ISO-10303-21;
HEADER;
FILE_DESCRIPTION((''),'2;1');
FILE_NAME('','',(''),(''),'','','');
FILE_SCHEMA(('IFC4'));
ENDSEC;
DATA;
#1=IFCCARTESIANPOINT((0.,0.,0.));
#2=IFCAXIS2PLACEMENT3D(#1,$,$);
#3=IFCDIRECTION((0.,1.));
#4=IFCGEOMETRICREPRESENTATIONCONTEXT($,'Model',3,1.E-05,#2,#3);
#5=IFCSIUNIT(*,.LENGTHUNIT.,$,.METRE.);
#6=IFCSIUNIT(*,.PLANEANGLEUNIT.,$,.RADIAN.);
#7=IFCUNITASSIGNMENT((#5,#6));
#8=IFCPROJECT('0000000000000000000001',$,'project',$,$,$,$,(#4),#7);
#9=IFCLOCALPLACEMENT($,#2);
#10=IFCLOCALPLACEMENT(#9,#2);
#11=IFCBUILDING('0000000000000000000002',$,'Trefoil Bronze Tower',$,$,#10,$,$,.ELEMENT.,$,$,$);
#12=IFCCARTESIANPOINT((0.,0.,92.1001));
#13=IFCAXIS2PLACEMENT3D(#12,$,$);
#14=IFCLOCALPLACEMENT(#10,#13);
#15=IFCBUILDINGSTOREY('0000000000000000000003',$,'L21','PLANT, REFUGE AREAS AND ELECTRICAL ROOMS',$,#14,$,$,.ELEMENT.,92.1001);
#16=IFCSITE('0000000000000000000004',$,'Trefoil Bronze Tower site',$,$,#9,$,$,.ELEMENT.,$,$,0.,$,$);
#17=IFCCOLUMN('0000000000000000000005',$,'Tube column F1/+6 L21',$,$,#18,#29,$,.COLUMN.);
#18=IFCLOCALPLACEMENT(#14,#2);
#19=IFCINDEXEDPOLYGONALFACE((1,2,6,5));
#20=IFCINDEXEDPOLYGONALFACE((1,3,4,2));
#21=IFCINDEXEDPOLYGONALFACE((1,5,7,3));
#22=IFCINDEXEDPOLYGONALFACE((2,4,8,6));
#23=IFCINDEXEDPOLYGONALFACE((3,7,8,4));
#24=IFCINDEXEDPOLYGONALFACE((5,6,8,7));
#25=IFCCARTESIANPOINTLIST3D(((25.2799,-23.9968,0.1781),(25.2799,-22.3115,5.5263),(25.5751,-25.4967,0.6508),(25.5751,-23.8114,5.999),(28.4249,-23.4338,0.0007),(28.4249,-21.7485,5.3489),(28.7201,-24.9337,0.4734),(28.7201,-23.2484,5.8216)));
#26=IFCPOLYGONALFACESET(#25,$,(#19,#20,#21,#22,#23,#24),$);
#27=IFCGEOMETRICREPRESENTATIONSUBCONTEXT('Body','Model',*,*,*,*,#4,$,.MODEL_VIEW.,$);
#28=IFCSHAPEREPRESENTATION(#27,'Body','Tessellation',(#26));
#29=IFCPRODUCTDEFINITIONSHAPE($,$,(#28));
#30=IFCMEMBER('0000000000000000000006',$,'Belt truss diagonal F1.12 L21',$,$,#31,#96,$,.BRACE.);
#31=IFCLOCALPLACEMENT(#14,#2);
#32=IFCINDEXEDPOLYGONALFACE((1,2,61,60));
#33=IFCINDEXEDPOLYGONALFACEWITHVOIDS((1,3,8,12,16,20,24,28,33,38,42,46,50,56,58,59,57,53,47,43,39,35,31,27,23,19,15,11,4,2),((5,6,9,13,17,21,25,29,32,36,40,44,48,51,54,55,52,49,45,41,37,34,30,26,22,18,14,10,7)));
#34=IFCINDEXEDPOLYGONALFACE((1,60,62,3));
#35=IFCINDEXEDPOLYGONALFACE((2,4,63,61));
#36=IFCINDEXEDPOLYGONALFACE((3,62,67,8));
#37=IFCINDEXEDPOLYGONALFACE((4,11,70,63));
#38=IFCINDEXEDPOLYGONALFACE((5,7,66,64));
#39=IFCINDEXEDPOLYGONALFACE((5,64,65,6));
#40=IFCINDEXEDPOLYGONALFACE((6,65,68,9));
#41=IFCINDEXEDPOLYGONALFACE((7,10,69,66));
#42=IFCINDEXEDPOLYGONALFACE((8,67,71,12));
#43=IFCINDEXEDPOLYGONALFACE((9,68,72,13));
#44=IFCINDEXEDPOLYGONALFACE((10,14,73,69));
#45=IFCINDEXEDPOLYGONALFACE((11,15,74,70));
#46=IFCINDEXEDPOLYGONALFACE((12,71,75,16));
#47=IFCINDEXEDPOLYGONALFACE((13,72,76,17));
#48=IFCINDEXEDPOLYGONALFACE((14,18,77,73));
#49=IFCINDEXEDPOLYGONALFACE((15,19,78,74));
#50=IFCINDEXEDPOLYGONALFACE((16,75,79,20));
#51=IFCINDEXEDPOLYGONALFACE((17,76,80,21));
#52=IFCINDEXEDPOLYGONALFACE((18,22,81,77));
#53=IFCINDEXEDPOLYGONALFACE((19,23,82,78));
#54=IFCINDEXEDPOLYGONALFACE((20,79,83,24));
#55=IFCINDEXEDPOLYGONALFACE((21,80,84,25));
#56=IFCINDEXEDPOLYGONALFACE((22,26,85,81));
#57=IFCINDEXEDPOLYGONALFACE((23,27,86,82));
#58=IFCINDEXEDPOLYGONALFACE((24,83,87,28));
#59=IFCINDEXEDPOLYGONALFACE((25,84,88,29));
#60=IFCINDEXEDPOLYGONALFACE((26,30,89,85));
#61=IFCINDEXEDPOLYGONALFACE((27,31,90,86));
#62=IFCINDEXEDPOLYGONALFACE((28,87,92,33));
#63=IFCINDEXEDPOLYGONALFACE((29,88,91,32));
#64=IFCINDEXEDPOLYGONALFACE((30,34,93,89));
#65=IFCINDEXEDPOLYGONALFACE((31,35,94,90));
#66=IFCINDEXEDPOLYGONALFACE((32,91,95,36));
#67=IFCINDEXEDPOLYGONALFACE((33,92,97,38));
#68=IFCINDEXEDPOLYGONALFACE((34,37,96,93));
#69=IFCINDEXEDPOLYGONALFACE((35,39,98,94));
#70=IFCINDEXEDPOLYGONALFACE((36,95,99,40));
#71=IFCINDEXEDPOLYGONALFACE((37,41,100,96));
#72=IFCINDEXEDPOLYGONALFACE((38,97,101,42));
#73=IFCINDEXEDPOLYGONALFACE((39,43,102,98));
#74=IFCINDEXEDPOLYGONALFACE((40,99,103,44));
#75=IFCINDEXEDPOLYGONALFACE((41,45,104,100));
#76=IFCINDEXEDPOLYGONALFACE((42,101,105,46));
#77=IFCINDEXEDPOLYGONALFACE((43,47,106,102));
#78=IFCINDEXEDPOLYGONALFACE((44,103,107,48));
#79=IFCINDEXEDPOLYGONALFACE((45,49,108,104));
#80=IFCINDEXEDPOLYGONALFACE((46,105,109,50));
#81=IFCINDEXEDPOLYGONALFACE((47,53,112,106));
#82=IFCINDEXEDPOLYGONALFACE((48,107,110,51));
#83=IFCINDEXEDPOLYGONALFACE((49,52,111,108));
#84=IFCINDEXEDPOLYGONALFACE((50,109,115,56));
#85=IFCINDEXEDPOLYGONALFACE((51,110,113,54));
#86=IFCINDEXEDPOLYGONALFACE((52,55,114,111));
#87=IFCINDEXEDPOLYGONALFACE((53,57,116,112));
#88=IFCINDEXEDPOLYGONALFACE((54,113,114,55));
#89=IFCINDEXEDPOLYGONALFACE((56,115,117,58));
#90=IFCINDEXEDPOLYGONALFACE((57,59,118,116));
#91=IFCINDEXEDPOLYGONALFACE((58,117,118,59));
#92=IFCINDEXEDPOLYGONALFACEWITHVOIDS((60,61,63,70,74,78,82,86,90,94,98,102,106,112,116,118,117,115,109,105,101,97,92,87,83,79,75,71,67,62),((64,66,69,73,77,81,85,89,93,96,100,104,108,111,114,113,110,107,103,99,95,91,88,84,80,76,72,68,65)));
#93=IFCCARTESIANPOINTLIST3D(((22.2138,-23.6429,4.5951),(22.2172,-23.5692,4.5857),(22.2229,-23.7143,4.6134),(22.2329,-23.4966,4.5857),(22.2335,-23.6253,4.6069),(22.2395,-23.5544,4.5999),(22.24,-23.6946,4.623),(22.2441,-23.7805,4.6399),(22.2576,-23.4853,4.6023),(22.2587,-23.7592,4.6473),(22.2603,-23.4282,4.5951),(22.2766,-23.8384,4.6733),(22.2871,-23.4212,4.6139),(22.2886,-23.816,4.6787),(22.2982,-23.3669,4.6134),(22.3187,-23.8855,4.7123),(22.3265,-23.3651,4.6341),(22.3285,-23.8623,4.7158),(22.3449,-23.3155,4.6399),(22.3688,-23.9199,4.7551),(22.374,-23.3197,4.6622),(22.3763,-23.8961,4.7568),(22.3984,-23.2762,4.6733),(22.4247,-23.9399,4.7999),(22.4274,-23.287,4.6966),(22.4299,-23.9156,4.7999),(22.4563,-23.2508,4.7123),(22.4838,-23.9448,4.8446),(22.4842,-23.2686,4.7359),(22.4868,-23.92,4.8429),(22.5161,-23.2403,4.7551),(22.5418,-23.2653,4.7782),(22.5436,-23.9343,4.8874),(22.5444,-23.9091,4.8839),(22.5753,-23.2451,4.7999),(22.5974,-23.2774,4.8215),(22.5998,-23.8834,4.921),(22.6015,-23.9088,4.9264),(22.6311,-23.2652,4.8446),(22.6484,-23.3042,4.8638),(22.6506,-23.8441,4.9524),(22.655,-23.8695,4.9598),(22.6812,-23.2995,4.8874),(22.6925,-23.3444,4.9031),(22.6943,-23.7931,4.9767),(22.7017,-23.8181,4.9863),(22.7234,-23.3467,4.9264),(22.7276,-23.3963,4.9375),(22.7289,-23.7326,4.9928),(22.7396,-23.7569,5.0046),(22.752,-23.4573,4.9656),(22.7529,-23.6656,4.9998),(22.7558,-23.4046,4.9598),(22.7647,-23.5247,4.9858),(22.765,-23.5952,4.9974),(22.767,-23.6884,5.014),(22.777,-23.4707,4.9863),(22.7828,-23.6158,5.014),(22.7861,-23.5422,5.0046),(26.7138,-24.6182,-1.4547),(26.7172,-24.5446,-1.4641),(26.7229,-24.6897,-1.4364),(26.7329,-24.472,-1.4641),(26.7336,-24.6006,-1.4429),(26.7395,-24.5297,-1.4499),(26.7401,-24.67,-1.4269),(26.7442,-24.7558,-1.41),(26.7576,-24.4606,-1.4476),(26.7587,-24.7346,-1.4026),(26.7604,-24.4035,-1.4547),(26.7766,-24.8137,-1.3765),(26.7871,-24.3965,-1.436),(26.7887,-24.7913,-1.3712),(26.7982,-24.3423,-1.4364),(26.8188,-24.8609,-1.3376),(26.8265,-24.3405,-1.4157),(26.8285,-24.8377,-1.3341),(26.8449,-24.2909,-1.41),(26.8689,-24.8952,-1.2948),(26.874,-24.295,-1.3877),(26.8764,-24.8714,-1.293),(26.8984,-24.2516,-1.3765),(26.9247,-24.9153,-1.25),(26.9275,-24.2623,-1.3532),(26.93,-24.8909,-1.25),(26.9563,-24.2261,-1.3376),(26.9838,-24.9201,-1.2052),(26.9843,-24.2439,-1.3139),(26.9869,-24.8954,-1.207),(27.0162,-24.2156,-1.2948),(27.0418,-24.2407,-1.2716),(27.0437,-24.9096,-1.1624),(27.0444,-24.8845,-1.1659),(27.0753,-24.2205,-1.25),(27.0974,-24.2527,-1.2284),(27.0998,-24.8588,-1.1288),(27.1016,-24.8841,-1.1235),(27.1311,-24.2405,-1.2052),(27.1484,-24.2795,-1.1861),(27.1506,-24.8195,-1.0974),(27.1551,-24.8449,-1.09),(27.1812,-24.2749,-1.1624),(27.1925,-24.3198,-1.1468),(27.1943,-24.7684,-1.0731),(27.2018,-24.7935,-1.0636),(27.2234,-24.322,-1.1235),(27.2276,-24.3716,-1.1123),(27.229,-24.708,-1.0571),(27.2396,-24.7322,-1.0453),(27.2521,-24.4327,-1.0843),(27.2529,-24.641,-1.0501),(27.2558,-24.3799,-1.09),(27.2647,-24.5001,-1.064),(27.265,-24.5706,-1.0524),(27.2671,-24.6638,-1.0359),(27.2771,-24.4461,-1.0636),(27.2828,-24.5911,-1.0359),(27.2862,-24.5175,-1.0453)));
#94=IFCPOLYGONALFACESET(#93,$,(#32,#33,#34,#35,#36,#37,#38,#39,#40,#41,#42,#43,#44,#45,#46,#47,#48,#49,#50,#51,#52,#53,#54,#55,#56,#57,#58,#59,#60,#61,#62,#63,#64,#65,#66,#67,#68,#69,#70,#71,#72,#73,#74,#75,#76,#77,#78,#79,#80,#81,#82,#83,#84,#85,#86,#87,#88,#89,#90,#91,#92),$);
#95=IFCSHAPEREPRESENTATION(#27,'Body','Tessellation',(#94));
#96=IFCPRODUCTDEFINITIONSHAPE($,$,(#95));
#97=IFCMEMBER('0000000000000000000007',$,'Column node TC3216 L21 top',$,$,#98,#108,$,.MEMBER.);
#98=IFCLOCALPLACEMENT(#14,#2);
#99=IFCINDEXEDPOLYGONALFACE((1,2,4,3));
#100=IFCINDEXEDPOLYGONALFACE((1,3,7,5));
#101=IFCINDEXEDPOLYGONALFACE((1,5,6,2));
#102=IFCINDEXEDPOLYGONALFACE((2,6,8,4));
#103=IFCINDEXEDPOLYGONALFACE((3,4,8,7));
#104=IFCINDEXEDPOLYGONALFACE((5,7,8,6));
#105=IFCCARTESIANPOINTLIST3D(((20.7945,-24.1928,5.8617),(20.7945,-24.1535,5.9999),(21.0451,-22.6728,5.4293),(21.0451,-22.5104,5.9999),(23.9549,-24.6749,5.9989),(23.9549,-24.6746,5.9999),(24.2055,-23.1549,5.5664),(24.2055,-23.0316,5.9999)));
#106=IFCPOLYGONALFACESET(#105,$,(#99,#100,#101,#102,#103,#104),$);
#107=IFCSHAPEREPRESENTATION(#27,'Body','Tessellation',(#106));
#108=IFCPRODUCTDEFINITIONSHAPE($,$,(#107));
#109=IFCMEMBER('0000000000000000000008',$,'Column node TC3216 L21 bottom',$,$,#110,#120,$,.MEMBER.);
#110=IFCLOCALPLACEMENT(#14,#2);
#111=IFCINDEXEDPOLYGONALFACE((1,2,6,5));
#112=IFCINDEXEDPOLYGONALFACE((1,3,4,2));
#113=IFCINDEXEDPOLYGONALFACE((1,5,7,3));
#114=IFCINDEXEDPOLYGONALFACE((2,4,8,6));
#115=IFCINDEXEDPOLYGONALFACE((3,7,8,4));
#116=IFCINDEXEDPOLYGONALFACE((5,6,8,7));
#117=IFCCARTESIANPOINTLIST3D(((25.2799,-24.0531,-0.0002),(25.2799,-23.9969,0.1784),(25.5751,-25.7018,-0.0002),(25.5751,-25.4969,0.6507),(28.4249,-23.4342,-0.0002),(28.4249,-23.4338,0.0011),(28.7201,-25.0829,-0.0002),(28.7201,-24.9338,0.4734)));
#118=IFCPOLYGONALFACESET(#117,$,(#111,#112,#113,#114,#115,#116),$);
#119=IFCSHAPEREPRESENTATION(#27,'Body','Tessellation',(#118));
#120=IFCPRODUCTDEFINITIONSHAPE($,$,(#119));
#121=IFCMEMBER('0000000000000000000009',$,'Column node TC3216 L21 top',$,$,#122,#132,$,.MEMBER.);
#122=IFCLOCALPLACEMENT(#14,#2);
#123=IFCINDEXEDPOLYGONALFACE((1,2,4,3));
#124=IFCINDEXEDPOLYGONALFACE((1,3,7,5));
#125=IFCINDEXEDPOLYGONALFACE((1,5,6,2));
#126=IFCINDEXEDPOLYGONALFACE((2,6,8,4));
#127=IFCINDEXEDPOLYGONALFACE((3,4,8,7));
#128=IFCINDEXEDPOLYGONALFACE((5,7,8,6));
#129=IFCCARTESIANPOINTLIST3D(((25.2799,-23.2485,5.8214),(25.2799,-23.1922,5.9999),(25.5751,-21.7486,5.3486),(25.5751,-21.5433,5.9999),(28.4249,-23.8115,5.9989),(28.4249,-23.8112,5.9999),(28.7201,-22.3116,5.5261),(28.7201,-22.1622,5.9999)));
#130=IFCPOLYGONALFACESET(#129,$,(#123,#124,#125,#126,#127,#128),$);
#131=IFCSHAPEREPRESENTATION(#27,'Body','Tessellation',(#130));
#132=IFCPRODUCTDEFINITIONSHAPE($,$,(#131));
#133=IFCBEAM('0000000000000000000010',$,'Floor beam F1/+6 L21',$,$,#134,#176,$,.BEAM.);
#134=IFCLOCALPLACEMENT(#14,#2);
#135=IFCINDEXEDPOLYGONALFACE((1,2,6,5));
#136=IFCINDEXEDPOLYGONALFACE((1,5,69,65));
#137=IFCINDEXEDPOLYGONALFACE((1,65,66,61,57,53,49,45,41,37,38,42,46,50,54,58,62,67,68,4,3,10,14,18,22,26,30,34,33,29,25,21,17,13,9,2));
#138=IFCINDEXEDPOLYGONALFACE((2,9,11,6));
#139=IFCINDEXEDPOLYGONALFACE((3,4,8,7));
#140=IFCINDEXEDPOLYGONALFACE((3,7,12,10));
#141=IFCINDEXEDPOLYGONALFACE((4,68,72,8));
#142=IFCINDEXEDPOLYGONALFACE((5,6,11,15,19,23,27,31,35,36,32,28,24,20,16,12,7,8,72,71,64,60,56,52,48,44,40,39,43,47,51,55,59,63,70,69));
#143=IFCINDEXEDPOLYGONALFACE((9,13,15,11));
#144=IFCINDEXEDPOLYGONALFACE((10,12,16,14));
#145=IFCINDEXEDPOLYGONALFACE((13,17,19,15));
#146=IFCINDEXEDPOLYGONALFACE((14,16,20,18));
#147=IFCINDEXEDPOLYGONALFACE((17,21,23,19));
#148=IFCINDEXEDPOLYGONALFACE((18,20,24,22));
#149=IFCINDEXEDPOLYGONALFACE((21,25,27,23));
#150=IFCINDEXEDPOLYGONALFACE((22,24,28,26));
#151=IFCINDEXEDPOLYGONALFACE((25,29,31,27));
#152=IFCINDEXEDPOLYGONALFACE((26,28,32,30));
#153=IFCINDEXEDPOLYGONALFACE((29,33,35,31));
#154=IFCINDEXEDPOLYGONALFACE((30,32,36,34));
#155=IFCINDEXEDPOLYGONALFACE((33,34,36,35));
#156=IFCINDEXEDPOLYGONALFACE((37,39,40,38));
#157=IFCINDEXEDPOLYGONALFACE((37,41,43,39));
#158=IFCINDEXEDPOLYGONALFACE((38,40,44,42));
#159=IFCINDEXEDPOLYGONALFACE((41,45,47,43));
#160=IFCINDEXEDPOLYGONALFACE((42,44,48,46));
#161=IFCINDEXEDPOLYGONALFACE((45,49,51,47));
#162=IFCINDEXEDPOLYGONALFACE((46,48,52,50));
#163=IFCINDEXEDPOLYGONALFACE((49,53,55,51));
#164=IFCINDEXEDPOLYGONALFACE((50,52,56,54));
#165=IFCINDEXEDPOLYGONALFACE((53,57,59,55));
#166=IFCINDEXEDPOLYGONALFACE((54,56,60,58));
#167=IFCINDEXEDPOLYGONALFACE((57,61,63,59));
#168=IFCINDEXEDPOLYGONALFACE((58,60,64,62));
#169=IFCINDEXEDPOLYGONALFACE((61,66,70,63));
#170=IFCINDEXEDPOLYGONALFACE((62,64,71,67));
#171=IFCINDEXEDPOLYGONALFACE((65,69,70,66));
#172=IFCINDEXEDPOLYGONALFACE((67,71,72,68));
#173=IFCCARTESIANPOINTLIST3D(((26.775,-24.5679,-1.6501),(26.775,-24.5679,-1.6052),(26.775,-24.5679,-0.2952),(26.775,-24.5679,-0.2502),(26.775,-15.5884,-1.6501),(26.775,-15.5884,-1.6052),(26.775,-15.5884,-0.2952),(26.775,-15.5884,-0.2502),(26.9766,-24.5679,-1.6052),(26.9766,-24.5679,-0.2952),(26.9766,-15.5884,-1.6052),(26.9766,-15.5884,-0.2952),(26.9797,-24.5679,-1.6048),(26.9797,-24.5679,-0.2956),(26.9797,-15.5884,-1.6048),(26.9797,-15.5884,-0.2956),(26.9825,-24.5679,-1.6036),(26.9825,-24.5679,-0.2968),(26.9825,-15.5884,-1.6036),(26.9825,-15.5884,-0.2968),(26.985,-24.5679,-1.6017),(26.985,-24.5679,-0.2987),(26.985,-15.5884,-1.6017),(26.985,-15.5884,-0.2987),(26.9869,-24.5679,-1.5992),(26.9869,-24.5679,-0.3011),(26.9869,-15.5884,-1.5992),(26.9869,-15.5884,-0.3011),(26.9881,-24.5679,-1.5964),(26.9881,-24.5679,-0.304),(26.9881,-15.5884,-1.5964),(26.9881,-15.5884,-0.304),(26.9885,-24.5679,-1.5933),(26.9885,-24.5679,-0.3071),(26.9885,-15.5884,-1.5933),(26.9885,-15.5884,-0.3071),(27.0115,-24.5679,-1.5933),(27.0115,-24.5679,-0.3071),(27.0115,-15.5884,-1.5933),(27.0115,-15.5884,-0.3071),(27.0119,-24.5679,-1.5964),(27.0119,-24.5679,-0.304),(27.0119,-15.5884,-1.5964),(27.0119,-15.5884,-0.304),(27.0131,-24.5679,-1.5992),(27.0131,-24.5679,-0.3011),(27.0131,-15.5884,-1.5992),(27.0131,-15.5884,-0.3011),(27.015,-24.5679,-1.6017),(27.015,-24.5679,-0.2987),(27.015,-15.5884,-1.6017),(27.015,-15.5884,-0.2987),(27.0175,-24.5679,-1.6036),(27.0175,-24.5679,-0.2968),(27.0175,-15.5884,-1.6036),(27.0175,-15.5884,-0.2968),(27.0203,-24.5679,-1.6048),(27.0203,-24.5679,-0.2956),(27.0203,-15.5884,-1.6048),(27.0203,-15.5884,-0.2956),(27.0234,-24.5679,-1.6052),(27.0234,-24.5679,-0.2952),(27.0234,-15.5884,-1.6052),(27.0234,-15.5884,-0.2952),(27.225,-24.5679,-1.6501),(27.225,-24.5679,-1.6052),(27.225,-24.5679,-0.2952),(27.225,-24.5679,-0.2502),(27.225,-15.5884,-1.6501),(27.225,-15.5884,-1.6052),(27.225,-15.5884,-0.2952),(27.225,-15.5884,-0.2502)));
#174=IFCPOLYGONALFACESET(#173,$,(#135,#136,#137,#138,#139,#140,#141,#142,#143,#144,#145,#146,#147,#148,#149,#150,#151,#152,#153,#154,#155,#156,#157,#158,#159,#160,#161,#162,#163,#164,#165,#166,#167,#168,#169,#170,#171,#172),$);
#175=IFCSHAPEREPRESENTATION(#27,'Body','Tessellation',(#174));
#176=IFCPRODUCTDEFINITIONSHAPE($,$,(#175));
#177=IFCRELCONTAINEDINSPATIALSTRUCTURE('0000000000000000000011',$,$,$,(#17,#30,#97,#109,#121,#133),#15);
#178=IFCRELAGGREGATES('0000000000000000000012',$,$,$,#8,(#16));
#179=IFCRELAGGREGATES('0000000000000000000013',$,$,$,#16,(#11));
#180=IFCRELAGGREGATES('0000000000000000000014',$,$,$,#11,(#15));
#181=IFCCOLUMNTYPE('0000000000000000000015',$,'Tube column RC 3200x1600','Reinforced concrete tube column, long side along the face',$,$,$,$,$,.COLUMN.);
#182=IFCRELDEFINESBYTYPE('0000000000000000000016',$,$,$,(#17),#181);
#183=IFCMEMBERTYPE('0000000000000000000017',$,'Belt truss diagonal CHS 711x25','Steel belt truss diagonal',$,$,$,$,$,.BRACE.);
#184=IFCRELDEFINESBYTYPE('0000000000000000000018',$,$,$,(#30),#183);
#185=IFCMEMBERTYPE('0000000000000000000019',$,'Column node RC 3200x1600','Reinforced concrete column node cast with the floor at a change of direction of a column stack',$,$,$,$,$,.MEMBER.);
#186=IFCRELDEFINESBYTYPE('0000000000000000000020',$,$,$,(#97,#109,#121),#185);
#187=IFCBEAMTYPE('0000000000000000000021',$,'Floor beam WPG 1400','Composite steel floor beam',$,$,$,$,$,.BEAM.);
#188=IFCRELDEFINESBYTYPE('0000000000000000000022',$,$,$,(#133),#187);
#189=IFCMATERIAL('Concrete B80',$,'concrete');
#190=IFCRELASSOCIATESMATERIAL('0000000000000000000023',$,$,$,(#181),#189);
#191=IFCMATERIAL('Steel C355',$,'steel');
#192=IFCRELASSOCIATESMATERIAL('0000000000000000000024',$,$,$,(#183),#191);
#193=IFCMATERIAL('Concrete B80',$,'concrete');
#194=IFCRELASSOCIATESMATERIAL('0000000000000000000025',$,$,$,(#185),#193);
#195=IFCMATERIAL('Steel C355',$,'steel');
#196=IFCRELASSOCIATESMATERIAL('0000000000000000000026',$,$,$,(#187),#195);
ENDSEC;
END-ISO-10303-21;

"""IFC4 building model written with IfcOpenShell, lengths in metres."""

from ifc_helpers import new_model, si_unit, direction, frame, origin, origin_2d, place, context, subcontext, project, spatial, rectangle, hollow_circle, i_section, extrude, clip, halfspace, material, material_profile, profile_set, type_object, element, save


model = new_model("IFC4")

# Units and contexts
model_context = context("Model", 3, precision=1e-05, world=origin(), true_north=direction((0.0, 1.0)))
body_context = subcontext(model_context, "Body", "Model", "MODEL_VIEW")
ifc_project = project(units=[si_unit("LENGTHUNIT", "METRE"), si_unit("PLANEANGLEUNIT", "RADIAN")], contexts=[model_context])

# Site, building, storey
site_placement = place(None, origin())
site = spatial("IfcSite", under=ifc_project, at=site_placement, Name="Trefoil Bronze Tower site", CompositionType="ELEMENT", RefElevation=0.0)
building_placement = place(site_placement, origin())
building = spatial("IfcBuilding", under=site, at=building_placement, Name="Trefoil Bronze Tower", CompositionType="ELEMENT")
storey_placement = place(building_placement, frame((0.0, 0.0, 92.1001)))
storey = spatial("IfcBuildingStorey", under=building, at=storey_placement, Name="L21", Description="PLANT, REFUGE AREAS AND ELECTRICAL ROOMS", CompositionType="ELEMENT", Elevation=92.1001)

# Column
ifc_material_1 = material(Name="Concrete B80", Category="concrete")
ifc_material_profile_1 = material_profile(ifc_material_1, rectangle(XDim=3.2, YDim=1.6001, at=origin_2d()), Name="RC 3200x1600")
ifc_profile_set_1 = profile_set([ifc_material_profile_1], Name="Concrete B80")
column_type = type_object("IfcColumnType", Name="Tube column RC 3200x1600", Description="Reinforced concrete tube column, long side along the face", PredefinedType="COLUMN", material=ifc_profile_set_1)
column_placement = place(storey_placement, frame((27.0, -24.5679, 0.0), z_axis=(0.0, 0.300537, 0.95377), x_axis=(0.982838, 0.175942, -0.05544)))
element("IfcColumn", 1, at=column_placement, inside=storey, type_object=column_type, Name="Tube column F1/+6 L21", PredefinedType="COLUMN", context=body_context, shape_type="Clipping", body=[
    clip(clip(extrude(rectangle(XDim=3.2, YDim=1.6001, at=origin_2d()), origin(), (0.0, 0.0, 1.0), 6.2908), halfspace(frame((0.0, 0.0, 0.3416), z_axis=(0.000003, 0.000018, 1.0), x_axis=(0.0, 1.0, -0.000018)), True)), halfspace(frame((0.0, 0.0, 5.949), z_axis=(-0.000003, -0.000018, -1.0), x_axis=(0.0, -1.0, 0.000018)), True)),
])

# Members
ifc_material_2 = material(Name="Steel C355", Category="steel")
ifc_material_profile_2 = material_profile(ifc_material_2, hollow_circle(Radius=0.3555, WallThickness=0.0249, at=origin_2d()), Name="CHS 711x25")
ifc_profile_set_2 = profile_set([ifc_material_profile_2], Name="Steel C355")
member_type_1 = type_object("IfcMemberType", Name="Belt truss diagonal CHS 711x25", Description="Steel belt truss diagonal", PredefinedType="BRACE", material=ifc_profile_set_2)
member_1_placement = place(storey_placement, frame((27.0, -24.5679, -1.25), z_axis=(-0.591893, 0.128288, 0.795742), x_axis=(-0.211824, -0.977308, 0.0)))
element("IfcMember", 2, at=member_1_placement, inside=storey, type_object=member_type_1, Name="Belt truss diagonal F1.12 L21", PredefinedType="BRACE", context=body_context, shape_type="SweptSolid", body=[
    extrude(hollow_circle(Radius=0.3555, WallThickness=0.0249, at=origin_2d()), origin(), (0.0, 0.0, 1.0), 7.6028),
])
ifc_material_3 = material(Name="Concrete B80", Category="concrete")
ifc_material_profile_3 = material_profile(ifc_material_3, rectangle(XDim=3.2, YDim=1.6001, at=origin_2d()), Name="RC 3200x1600")
ifc_profile_set_3 = profile_set([ifc_material_profile_3], Name="Concrete B80")
member_type_2 = type_object("IfcMemberType", Name="Column node RC 3200x1600", Description="Reinforced concrete column node cast with the floor at a change of direction of a column stack", PredefinedType="MEMBER", material=ifc_profile_set_3)
member_2_placement = place(storey_placement, frame((22.5, -23.5112, 6.2856), z_axis=(0.0, -0.273636, -0.961833), x_axis=(-0.987655, 0.150669, -0.042864)))
element("IfcMember", 3, at=member_2_placement, inside=storey, type_object=member_type_2, Name="Column node TC3216 L21 top", PredefinedType="MEMBER", context=body_context, shape_type="Clipping", body=[
    clip(extrude(rectangle(XDim=3.2, YDim=1.6001, at=origin_2d()), origin(), (0.0, 0.0, 1.0), 0.5942), halfspace(frame((0.0, 0.0, 0.2971), z_axis=(0.042864, 0.270257, 0.961833), x_axis=(0.0, 0.962718, -0.270506)), True)),
])
member_3_placement = place(storey_placement, frame((27.0, -24.6707, -0.3262), z_axis=(0.0, 0.300328, 0.953836), x_axis=(0.982838, 0.175954, -0.055402)))
element("IfcMember", 4, at=member_3_placement, inside=storey, type_object=member_type_2, Name="Column node TC3216 L21 bottom", PredefinedType="MEMBER", context=body_context, shape_type="Clipping", body=[
    clip(extrude(rectangle(XDim=3.2, YDim=1.6001, at=origin_2d()), origin(), (0.0, 0.0, 1.0), 0.6836), halfspace(frame((0.0, 0.0, 0.3418), z_axis=(-0.055402, -0.295174, 0.953836), x_axis=(0.0, 0.955303, 0.295628)), True)),
])
member_4_placement = place(storey_placement, frame((27.0, -22.5745, 6.3259), z_axis=(0.0, -0.300653, -0.953734), x_axis=(-0.982838, 0.175935, -0.055461)))
element("IfcMember", 5, at=member_4_placement, inside=storey, type_object=member_type_2, Name="Column node TC3216 L21 top", PredefinedType="MEMBER", context=body_context, shape_type="Clipping", body=[
    clip(extrude(rectangle(XDim=3.2, YDim=1.6001, at=origin_2d()), origin(), (0.0, 0.0, 1.0), 0.6838), halfspace(frame((0.0, 0.0, 0.3418), z_axis=(0.055461, 0.295493, 0.953734), x_axis=(0.0, 0.955204, -0.295949)), True)),
])

# Beam
ifc_material_4 = material(Name="Steel C355", Category="steel")
ifc_material_profile_4 = material_profile(ifc_material_4, i_section(OverallWidth=0.45, OverallDepth=1.3999, WebThickness=0.0229, FlangeThickness=0.0449, FilletRadius=0.012, at=origin_2d()), Name="WPG 1400")
ifc_profile_set_4 = profile_set([ifc_material_profile_4], Name="Steel C355")
beam_type_1 = type_object("IfcBeamType", Name="Floor beam WPG 1400", Description="Composite steel floor beam", PredefinedType="BEAM", material=ifc_profile_set_4)
beam_1_placement = place(storey_placement, frame((27.0, -24.5679, -0.9502), z_axis=(0.0, 1.0, 0.0), x_axis=(-1.0, 0.0, 0.0)))
element("IfcBeam", 6, at=beam_1_placement, inside=storey, type_object=beam_type_1, Name="Floor beam F1/+6 L21", PredefinedType="BEAM", context=body_context, shape_type="SweptSolid", body=[
    extrude(i_section(OverallWidth=0.45, OverallDepth=1.3999, WebThickness=0.0229, FlangeThickness=0.0449, FilletRadius=0.012, at=origin_2d()), origin(), (0.0, 0.0, 1.0), 8.9795),
])

save(model, "model.ifc")
